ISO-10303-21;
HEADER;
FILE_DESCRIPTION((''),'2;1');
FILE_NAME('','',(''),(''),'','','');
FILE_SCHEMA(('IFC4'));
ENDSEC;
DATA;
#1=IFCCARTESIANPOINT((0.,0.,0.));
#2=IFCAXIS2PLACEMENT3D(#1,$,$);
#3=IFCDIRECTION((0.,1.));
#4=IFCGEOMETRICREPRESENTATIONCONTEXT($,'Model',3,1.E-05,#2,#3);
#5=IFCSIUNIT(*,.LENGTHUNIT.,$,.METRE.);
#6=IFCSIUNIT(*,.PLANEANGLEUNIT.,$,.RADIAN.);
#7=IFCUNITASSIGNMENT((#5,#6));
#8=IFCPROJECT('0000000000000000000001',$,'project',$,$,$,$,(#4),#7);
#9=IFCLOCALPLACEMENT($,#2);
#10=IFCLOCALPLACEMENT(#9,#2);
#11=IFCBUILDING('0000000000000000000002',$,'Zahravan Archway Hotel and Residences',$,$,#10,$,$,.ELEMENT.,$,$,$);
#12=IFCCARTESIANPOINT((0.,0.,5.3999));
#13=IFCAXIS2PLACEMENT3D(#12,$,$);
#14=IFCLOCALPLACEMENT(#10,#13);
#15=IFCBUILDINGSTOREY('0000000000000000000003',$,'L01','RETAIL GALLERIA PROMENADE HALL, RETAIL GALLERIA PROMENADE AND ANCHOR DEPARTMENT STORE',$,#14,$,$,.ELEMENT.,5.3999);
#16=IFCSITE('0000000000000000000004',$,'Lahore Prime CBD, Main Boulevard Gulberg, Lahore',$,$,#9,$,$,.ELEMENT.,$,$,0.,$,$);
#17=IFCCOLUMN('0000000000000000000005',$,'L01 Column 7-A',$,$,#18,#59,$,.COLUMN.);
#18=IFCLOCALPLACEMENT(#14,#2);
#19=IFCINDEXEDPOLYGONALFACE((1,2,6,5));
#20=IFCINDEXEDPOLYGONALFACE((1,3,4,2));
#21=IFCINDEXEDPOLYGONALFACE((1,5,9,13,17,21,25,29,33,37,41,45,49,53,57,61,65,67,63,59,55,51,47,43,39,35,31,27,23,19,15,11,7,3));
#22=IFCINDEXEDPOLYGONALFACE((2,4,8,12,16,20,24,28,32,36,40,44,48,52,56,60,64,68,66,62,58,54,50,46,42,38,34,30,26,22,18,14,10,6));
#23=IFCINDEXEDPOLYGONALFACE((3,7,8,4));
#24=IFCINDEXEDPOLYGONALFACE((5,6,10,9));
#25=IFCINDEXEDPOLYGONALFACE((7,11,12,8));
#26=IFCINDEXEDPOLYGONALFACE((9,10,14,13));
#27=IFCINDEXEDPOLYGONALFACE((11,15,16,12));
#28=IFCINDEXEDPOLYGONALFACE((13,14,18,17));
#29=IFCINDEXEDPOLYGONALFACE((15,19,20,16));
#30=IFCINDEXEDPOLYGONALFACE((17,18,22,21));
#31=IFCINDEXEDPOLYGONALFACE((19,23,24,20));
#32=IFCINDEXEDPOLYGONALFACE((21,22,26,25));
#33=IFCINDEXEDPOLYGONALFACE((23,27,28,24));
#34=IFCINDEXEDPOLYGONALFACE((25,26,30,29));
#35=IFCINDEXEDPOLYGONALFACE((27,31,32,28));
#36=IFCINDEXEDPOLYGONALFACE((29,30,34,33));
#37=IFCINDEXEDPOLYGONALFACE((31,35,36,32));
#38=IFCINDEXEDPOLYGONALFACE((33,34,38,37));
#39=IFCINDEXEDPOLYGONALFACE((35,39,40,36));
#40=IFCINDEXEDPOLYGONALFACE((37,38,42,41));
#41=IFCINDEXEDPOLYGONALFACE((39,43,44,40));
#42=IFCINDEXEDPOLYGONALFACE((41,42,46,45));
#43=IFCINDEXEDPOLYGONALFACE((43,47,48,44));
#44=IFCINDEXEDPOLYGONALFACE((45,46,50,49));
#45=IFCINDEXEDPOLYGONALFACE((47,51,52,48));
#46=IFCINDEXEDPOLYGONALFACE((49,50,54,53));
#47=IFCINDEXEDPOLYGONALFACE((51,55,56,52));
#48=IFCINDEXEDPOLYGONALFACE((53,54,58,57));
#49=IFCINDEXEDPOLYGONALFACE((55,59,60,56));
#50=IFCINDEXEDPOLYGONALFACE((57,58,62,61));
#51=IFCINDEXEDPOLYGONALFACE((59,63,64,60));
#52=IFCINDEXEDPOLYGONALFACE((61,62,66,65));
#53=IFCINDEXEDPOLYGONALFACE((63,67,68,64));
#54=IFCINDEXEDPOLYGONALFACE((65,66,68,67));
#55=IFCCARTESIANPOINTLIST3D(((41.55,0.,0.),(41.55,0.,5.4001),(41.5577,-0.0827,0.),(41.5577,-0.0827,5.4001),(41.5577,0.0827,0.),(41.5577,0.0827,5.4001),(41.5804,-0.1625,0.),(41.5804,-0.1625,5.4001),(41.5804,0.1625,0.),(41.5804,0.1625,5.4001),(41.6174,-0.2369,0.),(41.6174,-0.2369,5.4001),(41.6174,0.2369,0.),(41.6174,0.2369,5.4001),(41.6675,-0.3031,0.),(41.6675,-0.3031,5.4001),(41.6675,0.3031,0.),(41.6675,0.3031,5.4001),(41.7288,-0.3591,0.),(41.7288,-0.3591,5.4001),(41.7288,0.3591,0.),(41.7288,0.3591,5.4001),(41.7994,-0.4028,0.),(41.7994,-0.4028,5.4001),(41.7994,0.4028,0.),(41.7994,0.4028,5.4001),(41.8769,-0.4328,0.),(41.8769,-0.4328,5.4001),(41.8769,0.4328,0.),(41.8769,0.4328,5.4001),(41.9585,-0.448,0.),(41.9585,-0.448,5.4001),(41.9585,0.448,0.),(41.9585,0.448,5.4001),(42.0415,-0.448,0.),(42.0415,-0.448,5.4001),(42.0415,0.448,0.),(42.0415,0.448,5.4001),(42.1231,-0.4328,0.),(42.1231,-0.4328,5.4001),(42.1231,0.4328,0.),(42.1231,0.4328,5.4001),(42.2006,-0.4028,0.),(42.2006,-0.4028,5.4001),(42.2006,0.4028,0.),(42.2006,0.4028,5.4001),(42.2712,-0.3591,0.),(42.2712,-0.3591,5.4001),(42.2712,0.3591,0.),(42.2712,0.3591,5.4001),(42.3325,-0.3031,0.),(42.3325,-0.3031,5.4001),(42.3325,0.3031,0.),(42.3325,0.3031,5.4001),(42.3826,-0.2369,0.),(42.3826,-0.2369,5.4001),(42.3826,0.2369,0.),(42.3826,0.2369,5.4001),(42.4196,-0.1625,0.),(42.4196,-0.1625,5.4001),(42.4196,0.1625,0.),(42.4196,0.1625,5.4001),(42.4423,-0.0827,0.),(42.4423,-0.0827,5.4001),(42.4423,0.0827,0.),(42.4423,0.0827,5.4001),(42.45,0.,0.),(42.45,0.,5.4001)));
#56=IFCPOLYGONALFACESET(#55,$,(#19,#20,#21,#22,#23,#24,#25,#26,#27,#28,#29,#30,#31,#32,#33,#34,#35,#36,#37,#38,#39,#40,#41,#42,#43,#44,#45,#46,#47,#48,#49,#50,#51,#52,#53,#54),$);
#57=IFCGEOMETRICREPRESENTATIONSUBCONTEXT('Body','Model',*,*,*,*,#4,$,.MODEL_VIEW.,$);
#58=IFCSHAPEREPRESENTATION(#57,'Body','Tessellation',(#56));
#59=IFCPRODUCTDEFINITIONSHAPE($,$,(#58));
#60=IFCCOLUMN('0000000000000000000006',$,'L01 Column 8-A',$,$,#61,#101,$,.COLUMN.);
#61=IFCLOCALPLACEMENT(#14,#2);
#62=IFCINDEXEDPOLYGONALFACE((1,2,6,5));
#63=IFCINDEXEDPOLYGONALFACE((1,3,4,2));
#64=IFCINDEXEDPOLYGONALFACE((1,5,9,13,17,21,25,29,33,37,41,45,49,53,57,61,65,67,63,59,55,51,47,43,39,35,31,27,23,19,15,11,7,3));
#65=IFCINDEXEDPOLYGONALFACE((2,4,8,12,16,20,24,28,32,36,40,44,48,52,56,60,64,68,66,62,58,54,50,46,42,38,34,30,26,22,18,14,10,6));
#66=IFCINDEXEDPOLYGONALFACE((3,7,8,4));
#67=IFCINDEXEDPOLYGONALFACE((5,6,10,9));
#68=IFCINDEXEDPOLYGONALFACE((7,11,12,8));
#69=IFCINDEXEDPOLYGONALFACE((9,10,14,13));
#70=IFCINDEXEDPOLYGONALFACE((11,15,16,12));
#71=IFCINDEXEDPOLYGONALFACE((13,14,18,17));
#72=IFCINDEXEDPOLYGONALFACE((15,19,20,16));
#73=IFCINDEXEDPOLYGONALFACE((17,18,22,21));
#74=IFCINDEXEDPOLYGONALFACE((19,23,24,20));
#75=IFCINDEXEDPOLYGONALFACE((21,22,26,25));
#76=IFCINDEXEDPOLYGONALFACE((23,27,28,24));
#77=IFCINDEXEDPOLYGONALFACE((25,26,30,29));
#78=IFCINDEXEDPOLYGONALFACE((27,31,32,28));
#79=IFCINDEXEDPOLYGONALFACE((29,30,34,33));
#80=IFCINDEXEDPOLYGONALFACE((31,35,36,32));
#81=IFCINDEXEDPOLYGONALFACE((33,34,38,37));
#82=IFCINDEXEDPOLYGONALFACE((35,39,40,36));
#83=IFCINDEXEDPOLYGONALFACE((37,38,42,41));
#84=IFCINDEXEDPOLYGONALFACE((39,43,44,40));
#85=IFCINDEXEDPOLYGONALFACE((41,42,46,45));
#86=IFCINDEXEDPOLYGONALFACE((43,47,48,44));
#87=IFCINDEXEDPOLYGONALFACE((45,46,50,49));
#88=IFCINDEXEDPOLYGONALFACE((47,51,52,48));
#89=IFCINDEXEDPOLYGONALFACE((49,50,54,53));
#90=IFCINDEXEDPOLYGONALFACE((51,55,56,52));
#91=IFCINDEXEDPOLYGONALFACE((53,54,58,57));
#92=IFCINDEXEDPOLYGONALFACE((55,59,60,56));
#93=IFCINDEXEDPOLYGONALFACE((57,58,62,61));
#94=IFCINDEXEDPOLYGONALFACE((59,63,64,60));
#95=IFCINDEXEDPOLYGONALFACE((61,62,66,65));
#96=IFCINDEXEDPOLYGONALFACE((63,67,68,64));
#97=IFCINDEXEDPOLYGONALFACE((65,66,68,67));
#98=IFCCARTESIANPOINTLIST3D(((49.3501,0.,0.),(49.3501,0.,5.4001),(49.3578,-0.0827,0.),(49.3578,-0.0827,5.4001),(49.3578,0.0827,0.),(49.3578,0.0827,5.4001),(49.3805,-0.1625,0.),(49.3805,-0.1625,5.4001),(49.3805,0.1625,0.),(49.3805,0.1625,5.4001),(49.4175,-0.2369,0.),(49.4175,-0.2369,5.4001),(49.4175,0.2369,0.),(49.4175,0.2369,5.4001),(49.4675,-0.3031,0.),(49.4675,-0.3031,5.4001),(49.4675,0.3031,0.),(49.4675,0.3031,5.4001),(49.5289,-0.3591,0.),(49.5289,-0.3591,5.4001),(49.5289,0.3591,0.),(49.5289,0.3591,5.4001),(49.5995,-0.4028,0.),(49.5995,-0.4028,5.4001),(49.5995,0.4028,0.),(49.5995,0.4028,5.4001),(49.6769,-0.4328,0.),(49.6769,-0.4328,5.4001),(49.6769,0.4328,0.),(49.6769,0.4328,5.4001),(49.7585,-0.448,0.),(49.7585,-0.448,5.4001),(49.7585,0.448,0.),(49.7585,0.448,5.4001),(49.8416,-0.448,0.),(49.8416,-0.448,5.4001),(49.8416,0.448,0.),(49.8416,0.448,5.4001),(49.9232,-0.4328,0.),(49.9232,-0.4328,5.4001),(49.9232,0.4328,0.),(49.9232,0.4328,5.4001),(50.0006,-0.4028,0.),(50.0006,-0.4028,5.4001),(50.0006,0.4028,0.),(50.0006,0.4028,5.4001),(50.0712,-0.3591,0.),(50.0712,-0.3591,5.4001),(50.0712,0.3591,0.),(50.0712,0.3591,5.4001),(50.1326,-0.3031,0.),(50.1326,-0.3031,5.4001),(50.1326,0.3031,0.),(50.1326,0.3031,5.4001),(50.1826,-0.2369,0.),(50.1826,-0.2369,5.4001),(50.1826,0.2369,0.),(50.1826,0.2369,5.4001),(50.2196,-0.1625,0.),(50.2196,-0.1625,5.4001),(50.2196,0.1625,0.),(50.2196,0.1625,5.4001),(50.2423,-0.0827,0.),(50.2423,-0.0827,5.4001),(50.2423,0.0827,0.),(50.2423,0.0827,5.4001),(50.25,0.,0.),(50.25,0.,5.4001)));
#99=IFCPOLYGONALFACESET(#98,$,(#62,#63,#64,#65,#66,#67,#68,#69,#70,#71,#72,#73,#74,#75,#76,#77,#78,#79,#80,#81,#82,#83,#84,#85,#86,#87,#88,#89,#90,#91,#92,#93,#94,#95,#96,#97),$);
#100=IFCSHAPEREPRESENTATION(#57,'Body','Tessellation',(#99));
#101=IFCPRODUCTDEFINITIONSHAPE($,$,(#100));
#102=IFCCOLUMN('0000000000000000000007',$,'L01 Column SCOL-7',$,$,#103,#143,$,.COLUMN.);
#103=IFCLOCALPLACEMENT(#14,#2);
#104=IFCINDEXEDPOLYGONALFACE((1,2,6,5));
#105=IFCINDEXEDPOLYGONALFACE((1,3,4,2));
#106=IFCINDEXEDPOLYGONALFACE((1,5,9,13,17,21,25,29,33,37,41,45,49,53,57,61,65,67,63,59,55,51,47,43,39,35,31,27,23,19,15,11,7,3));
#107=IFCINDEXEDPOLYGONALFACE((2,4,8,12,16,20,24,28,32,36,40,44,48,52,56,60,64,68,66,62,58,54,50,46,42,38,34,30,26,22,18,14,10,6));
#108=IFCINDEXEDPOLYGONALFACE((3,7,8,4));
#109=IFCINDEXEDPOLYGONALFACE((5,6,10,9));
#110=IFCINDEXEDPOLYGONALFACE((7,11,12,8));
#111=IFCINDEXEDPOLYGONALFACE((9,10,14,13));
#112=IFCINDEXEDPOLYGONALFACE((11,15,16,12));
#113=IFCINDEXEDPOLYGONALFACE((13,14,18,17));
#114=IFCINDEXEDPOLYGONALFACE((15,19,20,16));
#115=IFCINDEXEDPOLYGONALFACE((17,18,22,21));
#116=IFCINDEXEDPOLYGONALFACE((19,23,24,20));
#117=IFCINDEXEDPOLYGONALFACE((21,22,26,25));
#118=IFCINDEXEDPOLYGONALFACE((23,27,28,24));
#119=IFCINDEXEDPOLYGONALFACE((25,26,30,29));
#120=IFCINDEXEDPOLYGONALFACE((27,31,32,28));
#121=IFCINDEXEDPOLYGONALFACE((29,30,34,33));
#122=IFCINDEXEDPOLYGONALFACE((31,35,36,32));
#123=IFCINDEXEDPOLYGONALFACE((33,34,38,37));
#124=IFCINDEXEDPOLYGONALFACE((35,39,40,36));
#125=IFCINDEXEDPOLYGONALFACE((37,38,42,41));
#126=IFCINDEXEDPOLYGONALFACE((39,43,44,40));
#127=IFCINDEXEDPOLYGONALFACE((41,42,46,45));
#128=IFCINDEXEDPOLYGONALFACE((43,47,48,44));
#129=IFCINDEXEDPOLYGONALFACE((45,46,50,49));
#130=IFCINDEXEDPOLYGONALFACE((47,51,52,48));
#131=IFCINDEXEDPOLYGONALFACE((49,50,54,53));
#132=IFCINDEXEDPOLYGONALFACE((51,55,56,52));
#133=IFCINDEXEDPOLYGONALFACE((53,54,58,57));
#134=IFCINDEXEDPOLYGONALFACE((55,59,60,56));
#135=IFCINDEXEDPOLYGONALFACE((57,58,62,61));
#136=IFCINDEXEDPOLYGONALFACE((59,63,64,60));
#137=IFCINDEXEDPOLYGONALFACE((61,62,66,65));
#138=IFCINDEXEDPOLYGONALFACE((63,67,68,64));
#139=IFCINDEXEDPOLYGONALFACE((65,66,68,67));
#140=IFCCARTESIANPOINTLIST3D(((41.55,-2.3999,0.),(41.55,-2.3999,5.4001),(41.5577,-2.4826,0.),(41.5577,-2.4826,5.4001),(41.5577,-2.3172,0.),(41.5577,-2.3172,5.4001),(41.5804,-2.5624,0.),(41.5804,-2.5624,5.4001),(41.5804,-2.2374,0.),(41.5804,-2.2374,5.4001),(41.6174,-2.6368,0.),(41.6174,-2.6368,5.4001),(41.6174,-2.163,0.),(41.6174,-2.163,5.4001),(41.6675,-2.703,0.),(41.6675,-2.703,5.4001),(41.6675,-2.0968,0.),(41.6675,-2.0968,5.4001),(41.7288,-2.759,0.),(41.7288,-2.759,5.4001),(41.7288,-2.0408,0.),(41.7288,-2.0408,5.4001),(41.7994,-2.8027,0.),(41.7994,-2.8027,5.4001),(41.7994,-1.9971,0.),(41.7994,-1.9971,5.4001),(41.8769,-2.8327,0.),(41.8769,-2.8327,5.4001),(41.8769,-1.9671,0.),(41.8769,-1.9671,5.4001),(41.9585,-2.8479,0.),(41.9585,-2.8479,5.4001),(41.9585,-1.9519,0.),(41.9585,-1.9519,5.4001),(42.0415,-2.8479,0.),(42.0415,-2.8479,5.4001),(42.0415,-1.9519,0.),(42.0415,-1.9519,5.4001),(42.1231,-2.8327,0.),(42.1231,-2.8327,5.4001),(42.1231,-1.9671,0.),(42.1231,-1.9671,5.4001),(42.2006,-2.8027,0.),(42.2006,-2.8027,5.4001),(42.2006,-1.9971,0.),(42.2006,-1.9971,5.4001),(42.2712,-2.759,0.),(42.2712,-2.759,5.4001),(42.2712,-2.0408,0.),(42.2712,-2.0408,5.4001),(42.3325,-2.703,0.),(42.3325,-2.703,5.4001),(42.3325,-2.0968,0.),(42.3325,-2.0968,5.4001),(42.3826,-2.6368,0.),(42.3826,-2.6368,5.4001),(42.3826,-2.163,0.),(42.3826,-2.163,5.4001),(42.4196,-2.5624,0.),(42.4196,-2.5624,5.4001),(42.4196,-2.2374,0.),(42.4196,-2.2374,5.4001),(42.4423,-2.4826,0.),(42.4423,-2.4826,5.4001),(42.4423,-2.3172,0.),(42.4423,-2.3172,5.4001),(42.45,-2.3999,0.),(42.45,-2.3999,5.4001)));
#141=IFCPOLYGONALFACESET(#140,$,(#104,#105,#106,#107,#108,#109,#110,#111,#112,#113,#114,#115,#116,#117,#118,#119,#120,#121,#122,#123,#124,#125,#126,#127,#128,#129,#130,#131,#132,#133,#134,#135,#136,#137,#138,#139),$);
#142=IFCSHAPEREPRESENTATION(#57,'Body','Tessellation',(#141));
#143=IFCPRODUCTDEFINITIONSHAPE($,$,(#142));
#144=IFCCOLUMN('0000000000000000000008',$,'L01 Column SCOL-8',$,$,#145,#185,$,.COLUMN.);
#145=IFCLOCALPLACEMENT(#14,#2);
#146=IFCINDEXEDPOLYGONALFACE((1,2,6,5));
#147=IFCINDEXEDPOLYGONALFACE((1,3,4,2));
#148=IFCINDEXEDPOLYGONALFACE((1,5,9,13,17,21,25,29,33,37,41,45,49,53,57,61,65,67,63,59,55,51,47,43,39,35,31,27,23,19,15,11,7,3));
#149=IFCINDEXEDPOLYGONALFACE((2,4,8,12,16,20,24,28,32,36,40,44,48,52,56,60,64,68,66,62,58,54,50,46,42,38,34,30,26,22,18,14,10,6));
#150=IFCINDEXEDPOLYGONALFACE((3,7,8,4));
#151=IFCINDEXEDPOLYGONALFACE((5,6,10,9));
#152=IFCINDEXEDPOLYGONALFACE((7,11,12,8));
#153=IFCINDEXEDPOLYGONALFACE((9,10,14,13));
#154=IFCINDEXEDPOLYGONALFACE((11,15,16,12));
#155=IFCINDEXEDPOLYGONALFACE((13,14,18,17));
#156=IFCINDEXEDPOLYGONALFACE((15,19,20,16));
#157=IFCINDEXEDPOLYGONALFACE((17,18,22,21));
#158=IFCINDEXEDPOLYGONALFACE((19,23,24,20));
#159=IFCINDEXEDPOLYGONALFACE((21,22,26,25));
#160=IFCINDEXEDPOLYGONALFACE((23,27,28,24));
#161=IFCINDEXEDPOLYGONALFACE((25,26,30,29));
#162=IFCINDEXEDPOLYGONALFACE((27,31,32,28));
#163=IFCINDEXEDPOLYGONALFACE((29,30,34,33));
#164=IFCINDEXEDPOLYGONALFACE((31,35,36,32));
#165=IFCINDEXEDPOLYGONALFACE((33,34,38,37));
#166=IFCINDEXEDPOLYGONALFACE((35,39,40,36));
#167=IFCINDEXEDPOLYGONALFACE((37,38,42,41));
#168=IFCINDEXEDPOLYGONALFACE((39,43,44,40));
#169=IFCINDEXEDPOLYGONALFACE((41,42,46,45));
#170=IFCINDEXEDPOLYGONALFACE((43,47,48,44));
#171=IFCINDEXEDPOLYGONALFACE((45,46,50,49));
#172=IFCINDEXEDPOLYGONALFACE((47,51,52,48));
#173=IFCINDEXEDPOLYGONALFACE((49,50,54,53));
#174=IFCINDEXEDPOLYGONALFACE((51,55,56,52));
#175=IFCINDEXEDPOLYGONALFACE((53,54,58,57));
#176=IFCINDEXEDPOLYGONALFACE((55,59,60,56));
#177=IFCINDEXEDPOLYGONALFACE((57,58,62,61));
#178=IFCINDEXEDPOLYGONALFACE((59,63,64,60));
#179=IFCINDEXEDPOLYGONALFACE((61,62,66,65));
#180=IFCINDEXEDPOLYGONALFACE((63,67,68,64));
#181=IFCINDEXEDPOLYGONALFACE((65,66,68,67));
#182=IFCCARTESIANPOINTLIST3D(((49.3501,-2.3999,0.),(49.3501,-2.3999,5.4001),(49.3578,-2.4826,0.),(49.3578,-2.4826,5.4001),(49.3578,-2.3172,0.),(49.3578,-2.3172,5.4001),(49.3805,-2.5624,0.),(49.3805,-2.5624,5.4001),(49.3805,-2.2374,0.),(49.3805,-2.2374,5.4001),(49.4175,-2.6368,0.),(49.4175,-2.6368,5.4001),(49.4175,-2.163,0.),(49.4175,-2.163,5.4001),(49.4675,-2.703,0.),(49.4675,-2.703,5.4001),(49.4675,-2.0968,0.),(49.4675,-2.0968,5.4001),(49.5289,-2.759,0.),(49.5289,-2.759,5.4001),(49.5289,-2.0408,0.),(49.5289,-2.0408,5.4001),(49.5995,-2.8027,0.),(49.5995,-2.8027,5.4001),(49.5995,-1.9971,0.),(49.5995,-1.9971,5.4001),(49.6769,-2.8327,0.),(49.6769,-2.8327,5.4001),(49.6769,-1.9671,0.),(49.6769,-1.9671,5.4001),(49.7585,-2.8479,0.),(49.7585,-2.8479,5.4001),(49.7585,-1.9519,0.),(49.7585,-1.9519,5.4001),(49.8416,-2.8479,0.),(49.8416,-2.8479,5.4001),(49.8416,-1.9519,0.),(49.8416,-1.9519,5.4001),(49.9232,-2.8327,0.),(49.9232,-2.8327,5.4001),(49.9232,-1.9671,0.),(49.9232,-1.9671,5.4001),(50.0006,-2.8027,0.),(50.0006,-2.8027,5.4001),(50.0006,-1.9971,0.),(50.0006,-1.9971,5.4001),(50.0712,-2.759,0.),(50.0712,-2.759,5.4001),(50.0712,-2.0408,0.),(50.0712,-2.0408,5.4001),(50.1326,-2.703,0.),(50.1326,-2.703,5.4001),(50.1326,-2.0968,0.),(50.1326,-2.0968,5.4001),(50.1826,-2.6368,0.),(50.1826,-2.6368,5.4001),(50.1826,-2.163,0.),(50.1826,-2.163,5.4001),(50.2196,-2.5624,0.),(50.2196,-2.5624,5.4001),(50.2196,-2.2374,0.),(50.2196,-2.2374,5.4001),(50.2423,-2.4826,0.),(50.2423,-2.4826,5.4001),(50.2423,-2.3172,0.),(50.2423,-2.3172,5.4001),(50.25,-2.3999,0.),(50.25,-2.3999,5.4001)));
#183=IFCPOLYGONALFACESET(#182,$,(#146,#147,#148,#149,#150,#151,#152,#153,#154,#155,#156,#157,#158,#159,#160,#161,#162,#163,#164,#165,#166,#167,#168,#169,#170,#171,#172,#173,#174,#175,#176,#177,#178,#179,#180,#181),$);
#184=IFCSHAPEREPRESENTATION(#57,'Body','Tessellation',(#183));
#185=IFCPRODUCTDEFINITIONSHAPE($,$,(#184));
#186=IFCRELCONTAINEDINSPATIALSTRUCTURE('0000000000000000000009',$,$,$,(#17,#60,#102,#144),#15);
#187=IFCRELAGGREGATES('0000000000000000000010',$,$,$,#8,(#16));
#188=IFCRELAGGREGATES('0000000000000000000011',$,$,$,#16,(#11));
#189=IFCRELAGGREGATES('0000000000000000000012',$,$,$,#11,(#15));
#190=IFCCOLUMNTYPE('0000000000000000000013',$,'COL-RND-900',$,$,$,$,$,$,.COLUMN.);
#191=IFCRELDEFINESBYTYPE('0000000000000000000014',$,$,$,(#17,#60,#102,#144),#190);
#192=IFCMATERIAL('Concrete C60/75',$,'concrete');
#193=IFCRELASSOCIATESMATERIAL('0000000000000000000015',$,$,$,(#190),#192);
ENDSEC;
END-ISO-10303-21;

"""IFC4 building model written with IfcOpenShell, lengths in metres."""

from ifc_helpers import new_model, si_unit, direction, frame, origin, origin_2d, place, context, subcontext, project, spatial, circle, extrude, source, transform, mapped, material, material_profile, profile_set, type_object, element, save


model = new_model("IFC4")

# Units and contexts
model_context = context("Model", 3, precision=1e-05, world=origin(), true_north=direction((0.0, 1.0)))
body_context = subcontext(model_context, "Body", "Model", "MODEL_VIEW")
ifc_project = project(units=[si_unit("LENGTHUNIT", "METRE"), si_unit("PLANEANGLEUNIT", "RADIAN")], contexts=[model_context])

# Site, building, storey
site_placement = place(None, origin())
site = spatial("IfcSite", under=ifc_project, at=site_placement, Name="Lahore Prime CBD, Main Boulevard Gulberg, Lahore", CompositionType="ELEMENT", RefElevation=0.0)
building_placement = place(site_placement, origin())
building = spatial("IfcBuilding", under=site, at=building_placement, Name="Zahravan Archway Hotel and Residences", CompositionType="ELEMENT")
storey_placement = place(building_placement, frame((0.0, 0.0, 5.3999)))
storey = spatial("IfcBuildingStorey", under=building, at=storey_placement, Name="L01", Description="RETAIL GALLERIA PROMENADE HALL, RETAIL GALLERIA PROMENADE AND ANCHOR DEPARTMENT STORE", CompositionType="ELEMENT", Elevation=5.3999)

# Columns
ifc_material_1 = material(Name="Concrete C60/75", Category="concrete")
ifc_material_profile_1 = material_profile(ifc_material_1, circle(Radius=0.45, at=origin_2d()), Name="RC-CIRC-900", Category="concrete")
ifc_profile_set_1 = profile_set([ifc_material_profile_1], Name="Concrete C60/75")
column_type = type_object("IfcColumnType", Name="COL-RND-900", PredefinedType="COLUMN", material=ifc_profile_set_1)
shared_shape_1 = source(origin(), body_context, "Body", "SweptSolid", [
    extrude(circle(Radius=0.45, at=origin_2d()), origin(), (0.0, 0.0, 1.0), 5.4001),
])
for number, where, z_axis, x_axis, name in (
    (1, (42.0, 0.0, 0.0), (0.0, 0.0, 1.0), (1.0, 0.0, 0.0), "L01 Column 7-A"),
    (2, (49.8, 0.0, 0.0), (0.0, 0.0, 1.0), (1.0, 0.0, 0.0), "L01 Column 8-A"),
    (3, (42.0, -2.3999, 0.0), (0.0, 0.0, 1.0), (1.0, 0.0, 0.0), "L01 Column SCOL-7"),
    (4, (49.8, -2.3999, 0.0), (0.0, 0.0, 1.0), (1.0, 0.0, 0.0), "L01 Column SCOL-8"),
):
    element("IfcColumn", number, at=place(storey_placement, frame(where, z_axis=z_axis, x_axis=x_axis)), inside=storey, type_object=column_type, Name=name, PredefinedType="COLUMN", context=body_context, shape_type="MappedRepresentation", body=[
        mapped(shared_shape_1, transform((0.0, 0.0, 0.0), scale=1.0)),
    ])

save(model, "model.ifc")
